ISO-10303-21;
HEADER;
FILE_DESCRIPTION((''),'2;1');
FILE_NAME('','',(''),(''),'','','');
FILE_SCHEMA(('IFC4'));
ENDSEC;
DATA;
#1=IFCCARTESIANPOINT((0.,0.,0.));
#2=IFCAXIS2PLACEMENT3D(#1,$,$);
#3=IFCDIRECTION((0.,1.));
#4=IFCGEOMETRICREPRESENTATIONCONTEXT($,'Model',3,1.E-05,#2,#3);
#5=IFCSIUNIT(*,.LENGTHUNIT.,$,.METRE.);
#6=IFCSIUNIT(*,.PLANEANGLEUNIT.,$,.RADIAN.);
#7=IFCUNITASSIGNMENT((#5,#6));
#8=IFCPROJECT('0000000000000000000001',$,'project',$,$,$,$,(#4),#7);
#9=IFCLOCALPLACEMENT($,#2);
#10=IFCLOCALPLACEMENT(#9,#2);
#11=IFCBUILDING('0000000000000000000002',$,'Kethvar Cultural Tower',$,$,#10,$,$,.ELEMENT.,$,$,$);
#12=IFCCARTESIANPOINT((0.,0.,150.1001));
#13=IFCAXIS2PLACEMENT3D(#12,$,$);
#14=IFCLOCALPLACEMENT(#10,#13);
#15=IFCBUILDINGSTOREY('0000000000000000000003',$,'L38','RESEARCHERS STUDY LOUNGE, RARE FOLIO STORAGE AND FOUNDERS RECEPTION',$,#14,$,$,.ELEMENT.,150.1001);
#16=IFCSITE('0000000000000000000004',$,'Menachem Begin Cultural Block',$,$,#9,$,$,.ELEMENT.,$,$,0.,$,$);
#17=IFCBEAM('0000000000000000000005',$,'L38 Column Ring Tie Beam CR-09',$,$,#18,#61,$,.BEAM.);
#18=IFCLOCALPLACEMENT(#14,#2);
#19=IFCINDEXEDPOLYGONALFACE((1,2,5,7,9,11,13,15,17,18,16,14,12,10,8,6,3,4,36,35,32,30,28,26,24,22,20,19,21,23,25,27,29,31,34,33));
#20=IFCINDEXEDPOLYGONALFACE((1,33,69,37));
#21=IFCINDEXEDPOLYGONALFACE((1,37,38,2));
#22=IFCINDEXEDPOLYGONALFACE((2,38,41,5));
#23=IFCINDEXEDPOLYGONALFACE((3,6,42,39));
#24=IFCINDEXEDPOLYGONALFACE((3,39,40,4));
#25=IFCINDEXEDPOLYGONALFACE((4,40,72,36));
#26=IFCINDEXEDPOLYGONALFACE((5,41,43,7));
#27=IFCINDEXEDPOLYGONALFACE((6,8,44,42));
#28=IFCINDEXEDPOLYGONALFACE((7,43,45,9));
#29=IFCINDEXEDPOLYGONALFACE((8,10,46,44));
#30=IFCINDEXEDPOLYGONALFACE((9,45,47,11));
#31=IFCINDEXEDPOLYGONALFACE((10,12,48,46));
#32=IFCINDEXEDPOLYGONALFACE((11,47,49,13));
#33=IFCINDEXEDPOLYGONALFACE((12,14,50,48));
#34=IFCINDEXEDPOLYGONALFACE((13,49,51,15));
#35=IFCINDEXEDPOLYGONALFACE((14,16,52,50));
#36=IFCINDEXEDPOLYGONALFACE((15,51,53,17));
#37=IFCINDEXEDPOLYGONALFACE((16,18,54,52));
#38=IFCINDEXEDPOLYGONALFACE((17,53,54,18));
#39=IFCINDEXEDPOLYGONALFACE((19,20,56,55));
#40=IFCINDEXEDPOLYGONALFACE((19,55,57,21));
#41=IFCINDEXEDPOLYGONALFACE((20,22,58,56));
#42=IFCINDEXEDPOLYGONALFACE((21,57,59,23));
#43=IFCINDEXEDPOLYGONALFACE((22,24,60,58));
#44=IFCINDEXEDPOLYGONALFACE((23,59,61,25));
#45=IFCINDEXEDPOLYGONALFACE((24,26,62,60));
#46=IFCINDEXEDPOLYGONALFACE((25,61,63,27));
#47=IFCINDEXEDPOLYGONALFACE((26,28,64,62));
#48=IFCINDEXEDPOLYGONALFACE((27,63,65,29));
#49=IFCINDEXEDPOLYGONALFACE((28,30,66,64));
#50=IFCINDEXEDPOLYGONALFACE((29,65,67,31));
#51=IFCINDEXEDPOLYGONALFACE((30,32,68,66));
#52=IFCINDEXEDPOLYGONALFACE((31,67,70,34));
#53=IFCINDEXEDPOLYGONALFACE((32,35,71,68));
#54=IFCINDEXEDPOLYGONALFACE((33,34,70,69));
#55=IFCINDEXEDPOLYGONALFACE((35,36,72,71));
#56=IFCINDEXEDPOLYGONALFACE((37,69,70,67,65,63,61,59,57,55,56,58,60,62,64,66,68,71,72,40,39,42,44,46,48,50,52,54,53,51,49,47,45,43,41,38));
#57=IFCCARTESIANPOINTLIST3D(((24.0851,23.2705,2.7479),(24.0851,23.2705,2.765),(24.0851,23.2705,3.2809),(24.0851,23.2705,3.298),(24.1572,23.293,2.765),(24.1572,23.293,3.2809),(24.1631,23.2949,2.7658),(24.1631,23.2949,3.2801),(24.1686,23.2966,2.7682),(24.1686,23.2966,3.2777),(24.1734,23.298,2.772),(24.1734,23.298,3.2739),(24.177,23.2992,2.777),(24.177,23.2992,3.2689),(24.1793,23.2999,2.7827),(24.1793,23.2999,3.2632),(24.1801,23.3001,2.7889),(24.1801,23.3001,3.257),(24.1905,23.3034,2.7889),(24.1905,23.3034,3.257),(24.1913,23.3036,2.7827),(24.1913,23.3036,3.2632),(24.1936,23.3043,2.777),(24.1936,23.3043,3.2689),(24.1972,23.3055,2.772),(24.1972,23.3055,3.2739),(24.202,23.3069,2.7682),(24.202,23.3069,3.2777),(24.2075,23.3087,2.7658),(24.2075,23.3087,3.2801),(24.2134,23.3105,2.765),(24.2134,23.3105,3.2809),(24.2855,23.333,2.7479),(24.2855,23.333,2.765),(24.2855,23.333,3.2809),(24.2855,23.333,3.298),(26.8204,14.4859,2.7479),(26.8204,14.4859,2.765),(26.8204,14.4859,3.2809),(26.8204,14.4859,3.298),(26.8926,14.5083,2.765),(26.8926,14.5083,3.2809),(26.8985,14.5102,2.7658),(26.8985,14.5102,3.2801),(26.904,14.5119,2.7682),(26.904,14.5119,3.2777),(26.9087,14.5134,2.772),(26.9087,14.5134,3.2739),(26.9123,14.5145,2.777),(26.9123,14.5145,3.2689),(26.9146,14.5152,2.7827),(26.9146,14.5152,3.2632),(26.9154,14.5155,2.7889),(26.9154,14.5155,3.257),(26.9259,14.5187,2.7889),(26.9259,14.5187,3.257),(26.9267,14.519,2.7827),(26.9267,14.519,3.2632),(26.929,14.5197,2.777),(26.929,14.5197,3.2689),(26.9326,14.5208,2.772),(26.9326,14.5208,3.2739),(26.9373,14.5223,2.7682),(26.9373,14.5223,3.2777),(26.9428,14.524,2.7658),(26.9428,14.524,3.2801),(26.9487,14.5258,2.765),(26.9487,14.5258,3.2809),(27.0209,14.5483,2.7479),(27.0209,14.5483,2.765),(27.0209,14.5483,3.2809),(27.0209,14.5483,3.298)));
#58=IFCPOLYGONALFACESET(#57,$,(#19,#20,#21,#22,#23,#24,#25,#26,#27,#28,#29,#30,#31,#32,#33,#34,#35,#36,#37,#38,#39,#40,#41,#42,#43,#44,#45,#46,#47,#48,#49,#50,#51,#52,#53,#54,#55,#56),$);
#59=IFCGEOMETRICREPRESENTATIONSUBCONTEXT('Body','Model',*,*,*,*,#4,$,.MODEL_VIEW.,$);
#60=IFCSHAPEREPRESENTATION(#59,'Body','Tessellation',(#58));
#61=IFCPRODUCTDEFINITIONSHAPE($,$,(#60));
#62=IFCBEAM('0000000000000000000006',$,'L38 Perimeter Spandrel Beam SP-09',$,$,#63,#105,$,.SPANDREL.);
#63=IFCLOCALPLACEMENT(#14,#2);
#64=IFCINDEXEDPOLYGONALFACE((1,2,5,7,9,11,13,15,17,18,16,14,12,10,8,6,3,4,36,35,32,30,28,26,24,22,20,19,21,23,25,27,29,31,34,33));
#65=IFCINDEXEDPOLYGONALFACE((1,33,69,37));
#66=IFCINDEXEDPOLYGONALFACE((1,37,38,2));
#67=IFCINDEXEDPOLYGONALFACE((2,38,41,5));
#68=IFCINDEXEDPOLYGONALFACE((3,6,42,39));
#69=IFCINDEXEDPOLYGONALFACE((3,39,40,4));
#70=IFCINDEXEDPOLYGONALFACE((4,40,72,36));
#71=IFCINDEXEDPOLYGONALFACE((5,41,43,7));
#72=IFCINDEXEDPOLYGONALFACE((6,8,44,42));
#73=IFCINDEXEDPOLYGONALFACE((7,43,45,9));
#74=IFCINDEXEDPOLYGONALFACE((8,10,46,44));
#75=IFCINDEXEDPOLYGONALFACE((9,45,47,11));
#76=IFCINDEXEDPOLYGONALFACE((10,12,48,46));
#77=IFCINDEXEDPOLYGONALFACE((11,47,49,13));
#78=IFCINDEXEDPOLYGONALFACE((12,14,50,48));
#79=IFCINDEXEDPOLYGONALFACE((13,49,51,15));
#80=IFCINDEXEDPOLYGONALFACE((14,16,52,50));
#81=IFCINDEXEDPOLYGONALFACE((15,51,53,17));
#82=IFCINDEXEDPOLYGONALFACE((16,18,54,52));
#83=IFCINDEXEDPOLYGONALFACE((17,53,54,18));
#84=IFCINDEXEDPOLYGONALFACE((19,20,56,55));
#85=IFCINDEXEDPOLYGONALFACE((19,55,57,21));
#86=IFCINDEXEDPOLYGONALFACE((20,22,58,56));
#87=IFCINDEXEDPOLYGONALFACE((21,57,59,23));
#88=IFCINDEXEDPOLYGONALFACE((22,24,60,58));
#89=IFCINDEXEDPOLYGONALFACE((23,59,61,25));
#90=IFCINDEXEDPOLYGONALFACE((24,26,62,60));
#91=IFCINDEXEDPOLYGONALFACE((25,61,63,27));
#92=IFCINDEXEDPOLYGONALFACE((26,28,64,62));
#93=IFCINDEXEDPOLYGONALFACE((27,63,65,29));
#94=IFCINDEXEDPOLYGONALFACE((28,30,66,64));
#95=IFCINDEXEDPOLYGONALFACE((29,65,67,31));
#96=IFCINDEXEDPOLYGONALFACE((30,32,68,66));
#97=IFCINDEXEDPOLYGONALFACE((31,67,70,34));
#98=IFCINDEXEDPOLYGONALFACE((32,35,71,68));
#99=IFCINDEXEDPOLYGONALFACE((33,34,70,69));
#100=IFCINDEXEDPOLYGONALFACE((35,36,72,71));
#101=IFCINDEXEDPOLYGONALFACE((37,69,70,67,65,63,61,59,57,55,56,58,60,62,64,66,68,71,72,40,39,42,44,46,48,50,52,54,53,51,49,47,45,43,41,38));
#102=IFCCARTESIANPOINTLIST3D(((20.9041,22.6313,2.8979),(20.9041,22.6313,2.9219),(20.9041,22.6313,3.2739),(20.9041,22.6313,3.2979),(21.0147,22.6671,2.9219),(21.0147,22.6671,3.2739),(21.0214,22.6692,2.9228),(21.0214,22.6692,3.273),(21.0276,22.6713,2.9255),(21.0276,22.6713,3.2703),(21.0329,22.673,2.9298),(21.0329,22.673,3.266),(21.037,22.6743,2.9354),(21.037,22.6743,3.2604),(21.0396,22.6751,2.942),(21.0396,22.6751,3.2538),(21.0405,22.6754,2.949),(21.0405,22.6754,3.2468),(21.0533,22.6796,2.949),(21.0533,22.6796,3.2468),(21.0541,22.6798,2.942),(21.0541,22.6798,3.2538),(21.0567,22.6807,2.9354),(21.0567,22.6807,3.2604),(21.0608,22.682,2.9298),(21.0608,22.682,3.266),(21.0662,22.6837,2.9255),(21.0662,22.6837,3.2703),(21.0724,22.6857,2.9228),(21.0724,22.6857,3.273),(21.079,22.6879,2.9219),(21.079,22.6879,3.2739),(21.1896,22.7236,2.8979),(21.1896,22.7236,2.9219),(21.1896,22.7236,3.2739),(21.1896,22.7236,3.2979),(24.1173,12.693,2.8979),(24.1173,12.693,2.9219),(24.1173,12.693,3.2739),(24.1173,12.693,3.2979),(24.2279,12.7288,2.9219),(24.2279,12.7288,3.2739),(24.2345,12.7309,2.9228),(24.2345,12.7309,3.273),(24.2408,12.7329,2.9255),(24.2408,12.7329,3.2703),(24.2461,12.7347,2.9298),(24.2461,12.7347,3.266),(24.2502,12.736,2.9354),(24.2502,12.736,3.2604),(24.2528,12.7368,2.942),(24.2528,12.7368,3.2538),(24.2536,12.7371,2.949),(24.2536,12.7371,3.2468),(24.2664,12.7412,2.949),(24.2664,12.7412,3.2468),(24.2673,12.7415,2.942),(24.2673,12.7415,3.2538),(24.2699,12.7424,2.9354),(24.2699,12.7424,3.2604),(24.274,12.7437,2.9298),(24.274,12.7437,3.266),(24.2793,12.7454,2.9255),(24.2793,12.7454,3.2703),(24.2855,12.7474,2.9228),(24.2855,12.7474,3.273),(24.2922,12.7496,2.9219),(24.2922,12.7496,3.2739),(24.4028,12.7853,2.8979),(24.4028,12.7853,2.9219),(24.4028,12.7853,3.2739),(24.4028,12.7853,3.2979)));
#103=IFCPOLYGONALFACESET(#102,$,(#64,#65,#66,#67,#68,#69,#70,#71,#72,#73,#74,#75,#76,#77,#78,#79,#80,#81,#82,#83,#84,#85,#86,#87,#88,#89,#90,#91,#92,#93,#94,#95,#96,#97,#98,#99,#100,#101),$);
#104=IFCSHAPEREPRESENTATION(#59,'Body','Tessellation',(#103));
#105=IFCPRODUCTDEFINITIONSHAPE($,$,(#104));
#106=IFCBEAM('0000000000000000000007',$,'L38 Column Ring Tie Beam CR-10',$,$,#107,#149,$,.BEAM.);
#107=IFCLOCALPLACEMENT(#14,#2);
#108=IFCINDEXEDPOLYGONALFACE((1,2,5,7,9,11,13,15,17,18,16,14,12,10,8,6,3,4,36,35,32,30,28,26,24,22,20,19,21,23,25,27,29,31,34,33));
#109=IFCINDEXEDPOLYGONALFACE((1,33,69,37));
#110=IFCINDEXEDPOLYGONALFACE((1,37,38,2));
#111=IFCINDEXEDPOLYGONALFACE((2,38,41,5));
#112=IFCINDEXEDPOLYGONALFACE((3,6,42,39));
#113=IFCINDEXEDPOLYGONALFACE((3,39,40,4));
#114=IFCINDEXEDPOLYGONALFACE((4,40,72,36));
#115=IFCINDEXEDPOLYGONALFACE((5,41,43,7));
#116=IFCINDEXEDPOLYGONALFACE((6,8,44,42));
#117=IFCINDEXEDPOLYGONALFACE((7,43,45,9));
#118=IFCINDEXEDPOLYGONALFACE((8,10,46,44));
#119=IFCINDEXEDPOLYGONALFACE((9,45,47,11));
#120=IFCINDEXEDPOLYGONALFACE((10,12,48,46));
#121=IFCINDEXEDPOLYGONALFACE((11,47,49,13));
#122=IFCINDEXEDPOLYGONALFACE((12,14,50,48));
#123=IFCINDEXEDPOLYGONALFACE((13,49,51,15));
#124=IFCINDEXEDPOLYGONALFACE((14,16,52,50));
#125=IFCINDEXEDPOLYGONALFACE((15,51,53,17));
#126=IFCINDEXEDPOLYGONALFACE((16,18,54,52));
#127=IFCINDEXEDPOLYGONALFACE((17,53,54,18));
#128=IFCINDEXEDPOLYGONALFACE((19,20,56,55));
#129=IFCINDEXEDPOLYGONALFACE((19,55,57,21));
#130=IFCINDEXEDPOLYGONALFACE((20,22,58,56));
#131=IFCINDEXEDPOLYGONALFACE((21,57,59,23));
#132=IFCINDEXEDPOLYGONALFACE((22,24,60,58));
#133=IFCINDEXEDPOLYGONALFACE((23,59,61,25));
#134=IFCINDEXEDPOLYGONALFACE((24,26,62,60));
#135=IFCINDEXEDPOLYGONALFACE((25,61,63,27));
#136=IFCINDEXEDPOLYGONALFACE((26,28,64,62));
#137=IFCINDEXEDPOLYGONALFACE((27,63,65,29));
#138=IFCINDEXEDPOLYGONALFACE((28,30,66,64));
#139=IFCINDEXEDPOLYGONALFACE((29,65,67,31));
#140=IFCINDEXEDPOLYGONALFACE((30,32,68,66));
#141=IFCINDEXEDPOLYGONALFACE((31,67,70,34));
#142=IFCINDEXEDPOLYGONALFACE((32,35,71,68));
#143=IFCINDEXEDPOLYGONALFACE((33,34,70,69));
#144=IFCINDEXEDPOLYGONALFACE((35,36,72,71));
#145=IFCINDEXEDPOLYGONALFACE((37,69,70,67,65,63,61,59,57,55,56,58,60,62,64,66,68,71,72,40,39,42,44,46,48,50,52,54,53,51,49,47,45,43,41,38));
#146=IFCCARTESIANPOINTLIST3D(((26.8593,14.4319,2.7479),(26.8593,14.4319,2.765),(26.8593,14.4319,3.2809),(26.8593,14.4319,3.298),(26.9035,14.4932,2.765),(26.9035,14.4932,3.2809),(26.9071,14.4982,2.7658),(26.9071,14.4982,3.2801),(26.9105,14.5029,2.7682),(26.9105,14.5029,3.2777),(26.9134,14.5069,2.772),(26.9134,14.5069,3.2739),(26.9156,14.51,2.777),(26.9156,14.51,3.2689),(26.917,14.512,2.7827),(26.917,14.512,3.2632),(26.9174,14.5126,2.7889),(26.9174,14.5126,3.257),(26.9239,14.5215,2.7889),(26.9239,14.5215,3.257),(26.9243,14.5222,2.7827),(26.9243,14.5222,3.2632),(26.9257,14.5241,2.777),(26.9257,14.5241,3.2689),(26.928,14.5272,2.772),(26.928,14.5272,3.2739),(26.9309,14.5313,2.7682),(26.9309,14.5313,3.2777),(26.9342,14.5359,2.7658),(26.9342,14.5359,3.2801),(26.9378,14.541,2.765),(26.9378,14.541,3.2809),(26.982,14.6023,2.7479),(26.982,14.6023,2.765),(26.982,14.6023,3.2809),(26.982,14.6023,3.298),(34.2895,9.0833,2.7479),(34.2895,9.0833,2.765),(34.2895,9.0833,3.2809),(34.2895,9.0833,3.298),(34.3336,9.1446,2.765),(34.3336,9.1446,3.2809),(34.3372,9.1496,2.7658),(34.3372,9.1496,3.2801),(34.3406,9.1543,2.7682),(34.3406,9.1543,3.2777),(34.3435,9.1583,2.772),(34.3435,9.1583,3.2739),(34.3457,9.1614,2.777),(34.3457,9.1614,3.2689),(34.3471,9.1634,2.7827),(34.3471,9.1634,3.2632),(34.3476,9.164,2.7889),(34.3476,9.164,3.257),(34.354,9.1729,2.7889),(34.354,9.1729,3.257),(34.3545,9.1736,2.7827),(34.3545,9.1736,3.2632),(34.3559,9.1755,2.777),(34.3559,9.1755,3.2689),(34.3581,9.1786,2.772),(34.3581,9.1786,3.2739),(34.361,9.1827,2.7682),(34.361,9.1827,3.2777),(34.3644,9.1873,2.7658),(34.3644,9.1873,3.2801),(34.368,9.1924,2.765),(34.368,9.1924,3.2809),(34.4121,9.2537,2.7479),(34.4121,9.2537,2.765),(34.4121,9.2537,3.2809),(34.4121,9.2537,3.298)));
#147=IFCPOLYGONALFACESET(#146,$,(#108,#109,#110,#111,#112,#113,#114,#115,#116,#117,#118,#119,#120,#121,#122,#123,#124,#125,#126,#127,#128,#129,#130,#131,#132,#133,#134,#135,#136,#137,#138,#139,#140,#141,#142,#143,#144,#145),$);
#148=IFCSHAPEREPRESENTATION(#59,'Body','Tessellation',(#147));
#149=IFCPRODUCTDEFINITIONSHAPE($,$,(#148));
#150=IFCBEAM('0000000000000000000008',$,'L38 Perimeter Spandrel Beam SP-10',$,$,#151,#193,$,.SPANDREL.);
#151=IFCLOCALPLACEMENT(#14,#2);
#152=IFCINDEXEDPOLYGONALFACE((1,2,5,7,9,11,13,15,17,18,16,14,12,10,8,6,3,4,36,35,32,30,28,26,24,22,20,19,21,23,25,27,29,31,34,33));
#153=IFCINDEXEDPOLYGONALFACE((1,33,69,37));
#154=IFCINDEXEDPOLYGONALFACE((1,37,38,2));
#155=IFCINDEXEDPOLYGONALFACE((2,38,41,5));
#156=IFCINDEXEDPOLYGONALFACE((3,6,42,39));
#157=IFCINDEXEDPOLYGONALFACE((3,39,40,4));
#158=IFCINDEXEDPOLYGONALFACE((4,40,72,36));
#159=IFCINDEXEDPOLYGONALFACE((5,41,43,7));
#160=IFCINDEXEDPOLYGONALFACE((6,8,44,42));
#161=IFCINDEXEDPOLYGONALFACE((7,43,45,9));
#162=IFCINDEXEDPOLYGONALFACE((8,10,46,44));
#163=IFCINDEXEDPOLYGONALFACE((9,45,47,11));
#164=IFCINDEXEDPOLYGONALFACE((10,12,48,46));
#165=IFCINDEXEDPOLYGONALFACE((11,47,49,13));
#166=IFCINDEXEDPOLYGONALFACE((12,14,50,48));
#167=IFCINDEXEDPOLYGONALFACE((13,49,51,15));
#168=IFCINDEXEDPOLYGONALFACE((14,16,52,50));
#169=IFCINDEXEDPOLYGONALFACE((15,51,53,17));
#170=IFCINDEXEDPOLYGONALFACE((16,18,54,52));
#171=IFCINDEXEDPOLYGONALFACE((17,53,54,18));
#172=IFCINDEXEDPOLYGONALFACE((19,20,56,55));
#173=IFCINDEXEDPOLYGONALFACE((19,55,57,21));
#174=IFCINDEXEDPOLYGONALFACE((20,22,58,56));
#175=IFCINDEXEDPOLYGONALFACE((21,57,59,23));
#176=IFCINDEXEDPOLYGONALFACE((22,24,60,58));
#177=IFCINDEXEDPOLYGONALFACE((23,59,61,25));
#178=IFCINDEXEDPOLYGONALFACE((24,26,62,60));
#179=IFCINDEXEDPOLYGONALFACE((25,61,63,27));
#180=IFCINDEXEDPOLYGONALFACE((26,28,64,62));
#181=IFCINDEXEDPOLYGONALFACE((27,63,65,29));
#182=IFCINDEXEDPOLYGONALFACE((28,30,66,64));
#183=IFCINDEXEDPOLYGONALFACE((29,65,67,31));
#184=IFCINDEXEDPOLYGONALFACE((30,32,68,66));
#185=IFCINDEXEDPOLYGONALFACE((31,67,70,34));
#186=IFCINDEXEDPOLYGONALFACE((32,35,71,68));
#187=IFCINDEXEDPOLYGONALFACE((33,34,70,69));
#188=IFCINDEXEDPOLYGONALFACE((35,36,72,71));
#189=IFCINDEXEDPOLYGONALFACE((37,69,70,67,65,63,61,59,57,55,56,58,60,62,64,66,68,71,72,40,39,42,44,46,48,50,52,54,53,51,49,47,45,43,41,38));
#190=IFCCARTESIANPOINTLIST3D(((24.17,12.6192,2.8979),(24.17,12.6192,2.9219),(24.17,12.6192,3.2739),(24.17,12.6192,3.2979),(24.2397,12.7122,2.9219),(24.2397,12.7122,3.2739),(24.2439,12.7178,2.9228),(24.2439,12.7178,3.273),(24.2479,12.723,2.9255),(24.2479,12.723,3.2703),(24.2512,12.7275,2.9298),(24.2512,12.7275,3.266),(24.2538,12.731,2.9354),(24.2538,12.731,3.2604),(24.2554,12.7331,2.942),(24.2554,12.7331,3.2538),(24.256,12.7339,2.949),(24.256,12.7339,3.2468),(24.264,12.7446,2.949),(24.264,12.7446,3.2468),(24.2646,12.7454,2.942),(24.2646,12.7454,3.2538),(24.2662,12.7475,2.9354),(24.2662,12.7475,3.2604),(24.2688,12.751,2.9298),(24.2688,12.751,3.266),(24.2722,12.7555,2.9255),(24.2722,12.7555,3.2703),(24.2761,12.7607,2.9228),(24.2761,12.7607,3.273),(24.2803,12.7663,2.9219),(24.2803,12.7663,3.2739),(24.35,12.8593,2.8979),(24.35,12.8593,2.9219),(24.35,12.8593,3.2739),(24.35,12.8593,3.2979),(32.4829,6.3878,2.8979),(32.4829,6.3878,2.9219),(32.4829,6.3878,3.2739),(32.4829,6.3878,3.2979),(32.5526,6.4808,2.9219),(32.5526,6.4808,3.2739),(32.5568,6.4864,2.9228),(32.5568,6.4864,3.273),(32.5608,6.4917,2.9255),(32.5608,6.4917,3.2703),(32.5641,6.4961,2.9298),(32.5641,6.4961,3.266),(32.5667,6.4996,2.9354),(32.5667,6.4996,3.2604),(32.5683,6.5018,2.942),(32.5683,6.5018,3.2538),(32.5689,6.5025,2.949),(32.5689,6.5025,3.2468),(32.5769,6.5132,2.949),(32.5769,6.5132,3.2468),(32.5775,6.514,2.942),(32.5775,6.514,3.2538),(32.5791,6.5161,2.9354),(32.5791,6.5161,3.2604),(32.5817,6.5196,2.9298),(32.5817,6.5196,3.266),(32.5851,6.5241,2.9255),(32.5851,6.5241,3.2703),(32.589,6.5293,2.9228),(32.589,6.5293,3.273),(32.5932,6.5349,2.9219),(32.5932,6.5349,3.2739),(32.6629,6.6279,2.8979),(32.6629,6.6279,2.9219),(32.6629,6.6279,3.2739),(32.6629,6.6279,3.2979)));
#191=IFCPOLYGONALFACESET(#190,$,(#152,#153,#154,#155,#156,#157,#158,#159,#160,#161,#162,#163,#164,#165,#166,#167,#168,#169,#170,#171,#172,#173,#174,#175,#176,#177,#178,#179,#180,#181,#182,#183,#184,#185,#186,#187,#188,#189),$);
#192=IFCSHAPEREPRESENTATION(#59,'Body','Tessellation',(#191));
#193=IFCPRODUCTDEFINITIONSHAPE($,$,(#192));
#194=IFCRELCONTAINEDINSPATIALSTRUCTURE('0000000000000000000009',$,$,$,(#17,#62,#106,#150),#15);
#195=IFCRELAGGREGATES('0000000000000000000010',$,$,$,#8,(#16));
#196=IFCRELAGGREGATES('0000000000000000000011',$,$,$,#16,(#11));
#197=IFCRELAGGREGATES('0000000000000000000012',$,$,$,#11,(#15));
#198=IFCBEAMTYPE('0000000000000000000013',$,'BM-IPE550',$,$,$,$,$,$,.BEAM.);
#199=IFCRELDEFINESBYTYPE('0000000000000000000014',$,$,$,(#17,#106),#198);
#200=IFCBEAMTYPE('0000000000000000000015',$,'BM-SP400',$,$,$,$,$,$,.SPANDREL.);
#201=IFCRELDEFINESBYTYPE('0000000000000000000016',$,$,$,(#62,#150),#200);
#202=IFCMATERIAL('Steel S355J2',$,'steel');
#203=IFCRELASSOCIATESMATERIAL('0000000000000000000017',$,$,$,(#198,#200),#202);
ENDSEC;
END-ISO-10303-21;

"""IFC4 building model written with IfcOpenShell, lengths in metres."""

from ifc_helpers import new_model, si_unit, direction, frame, origin, origin_2d, place, context, subcontext, project, spatial, i_section, extrude, source, transform, mapped, material, material_profile, profile_set, type_object, element, save


model = new_model("IFC4")

# Units and contexts
model_context = context("Model", 3, precision=1e-05, world=origin(), true_north=direction((0.0, 1.0)))
body_context = subcontext(model_context, "Body", "Model", "MODEL_VIEW")
ifc_project = project(units=[si_unit("LENGTHUNIT", "METRE"), si_unit("PLANEANGLEUNIT", "RADIAN")], contexts=[model_context])

# Site, building, storey
site_placement = place(None, origin())
site = spatial("IfcSite", under=ifc_project, at=site_placement, Name="Menachem Begin Cultural Block", CompositionType="ELEMENT", RefElevation=0.0)
building_placement = place(site_placement, origin())
building = spatial("IfcBuilding", under=site, at=building_placement, Name="Kethvar Cultural Tower", CompositionType="ELEMENT")
storey_placement = place(building_placement, frame((0.0, 0.0, 150.1001)))
storey = spatial("IfcBuildingStorey", under=building, at=storey_placement, Name="L38", Description="RESEARCHERS STUDY LOUNGE, RARE FOLIO STORAGE AND FOUNDERS RECEPTION", CompositionType="ELEMENT", Elevation=150.1001)

# Beams
ifc_material_1 = material(Name="Steel S355J2", Category="steel")
ifc_material_profile_1 = material_profile(ifc_material_1, i_section(OverallWidth=0.21, OverallDepth=0.55, WebThickness=0.011, FlangeThickness=0.0171, FilletRadius=0.0239, at=origin_2d()), Name="Steel S355J2 — IPE550")
ifc_profile_set_1 = profile_set([ifc_material_profile_1], Name="Steel S355J2 — IPE550")
beam_type_1 = type_object("IfcBeamType", Name="BM-IPE550", PredefinedType="BEAM", material=ifc_profile_set_1)
shared_shape_1 = source(origin(), body_context, "Body", "SweptSolid", [
    extrude(i_section(OverallWidth=0.21, OverallDepth=0.55, WebThickness=0.011, FlangeThickness=0.0171, FilletRadius=0.0239, at=origin_2d()), origin(), (0.0, 0.0, 1.0), 9.2007),
])
beam_1_placement = place(storey_placement, frame((24.1853, 23.3018, 3.0229), z_axis=(0.297299, -0.954784, 0.0), x_axis=(0.954784, 0.297299, 0.0)))
element("IfcBeam", 1, at=beam_1_placement, inside=storey, type_object=beam_type_1, Name="L38 Column Ring Tie Beam CR-09", PredefinedType="BEAM", context=body_context, shape_type="MappedRepresentation", body=[
    mapped(shared_shape_1, transform((0.0, 0.0, 0.0), scale=1.0)),
])
ifc_material_profile_2 = material_profile(ifc_material_1, i_section(OverallWidth=0.3, OverallDepth=0.3999, WebThickness=0.0134, FlangeThickness=0.0239, FilletRadius=0.0271, at=origin_2d()), Name="Steel S355J2 — HEB400")
ifc_profile_set_2 = profile_set([ifc_material_profile_2], Name="Steel S355J2 — HEB400")
beam_type_2 = type_object("IfcBeamType", Name="BM-SP400", PredefinedType="SPANDREL", material=ifc_profile_set_2)
shared_shape_2 = source(origin(), body_context, "Body", "SweptSolid", [
    extrude(i_section(OverallWidth=0.3, OverallDepth=0.3999, WebThickness=0.0134, FlangeThickness=0.0239, FilletRadius=0.0271, at=origin_2d()), origin(), (0.0, 0.0, 1.0), 10.4448),
])
beam_2_placement = place(storey_placement, frame((21.0469, 22.6775, 3.0979), z_axis=(0.307632, -0.951506, 0.0), x_axis=(0.951506, 0.307632, 0.0)))
element("IfcBeam", 2, at=beam_2_placement, inside=storey, type_object=beam_type_2, Name="L38 Perimeter Spandrel Beam SP-09", PredefinedType="SPANDREL", context=body_context, shape_type="MappedRepresentation", body=[
    mapped(shared_shape_2, transform((0.0, 0.0, 0.0), scale=1.0)),
])
shared_shape_3 = source(origin(), body_context, "Body", "SweptSolid", [
    extrude(i_section(OverallWidth=0.21, OverallDepth=0.55, WebThickness=0.011, FlangeThickness=0.0171, FilletRadius=0.0239, at=origin_2d()), origin(), (0.0, 0.0, 1.0), 9.155),
])
beam_3_placement = place(storey_placement, frame((26.9207, 14.5171, 3.0229), z_axis=(0.811591, -0.584226, 0.0), x_axis=(0.584226, 0.811591, 0.0)))
element("IfcBeam", 3, at=beam_3_placement, inside=storey, type_object=beam_type_1, Name="L38 Column Ring Tie Beam CR-10", PredefinedType="BEAM", context=body_context, shape_type="MappedRepresentation", body=[
    mapped(shared_shape_3, transform((0.0, 0.0, 0.0), scale=1.0)),
])
shared_shape_4 = source(origin(), body_context, "Body", "SweptSolid", [
    extrude(i_section(OverallWidth=0.3, OverallDepth=0.3999, WebThickness=0.0134, FlangeThickness=0.0239, FilletRadius=0.0271, at=origin_2d()), origin(), (0.0, 0.0, 1.0), 10.3892),
])
beam_4_placement = place(storey_placement, frame((24.26, 12.7393, 3.0979), z_axis=(0.800152, -0.599797, 0.0), x_axis=(0.599797, 0.800152, 0.0)))
element("IfcBeam", 4, at=beam_4_placement, inside=storey, type_object=beam_type_2, Name="L38 Perimeter Spandrel Beam SP-10", PredefinedType="SPANDREL", context=body_context, shape_type="MappedRepresentation", body=[
    mapped(shared_shape_4, transform((0.0, 0.0, 0.0), scale=1.0)),
])

save(model, "model.ifc")
